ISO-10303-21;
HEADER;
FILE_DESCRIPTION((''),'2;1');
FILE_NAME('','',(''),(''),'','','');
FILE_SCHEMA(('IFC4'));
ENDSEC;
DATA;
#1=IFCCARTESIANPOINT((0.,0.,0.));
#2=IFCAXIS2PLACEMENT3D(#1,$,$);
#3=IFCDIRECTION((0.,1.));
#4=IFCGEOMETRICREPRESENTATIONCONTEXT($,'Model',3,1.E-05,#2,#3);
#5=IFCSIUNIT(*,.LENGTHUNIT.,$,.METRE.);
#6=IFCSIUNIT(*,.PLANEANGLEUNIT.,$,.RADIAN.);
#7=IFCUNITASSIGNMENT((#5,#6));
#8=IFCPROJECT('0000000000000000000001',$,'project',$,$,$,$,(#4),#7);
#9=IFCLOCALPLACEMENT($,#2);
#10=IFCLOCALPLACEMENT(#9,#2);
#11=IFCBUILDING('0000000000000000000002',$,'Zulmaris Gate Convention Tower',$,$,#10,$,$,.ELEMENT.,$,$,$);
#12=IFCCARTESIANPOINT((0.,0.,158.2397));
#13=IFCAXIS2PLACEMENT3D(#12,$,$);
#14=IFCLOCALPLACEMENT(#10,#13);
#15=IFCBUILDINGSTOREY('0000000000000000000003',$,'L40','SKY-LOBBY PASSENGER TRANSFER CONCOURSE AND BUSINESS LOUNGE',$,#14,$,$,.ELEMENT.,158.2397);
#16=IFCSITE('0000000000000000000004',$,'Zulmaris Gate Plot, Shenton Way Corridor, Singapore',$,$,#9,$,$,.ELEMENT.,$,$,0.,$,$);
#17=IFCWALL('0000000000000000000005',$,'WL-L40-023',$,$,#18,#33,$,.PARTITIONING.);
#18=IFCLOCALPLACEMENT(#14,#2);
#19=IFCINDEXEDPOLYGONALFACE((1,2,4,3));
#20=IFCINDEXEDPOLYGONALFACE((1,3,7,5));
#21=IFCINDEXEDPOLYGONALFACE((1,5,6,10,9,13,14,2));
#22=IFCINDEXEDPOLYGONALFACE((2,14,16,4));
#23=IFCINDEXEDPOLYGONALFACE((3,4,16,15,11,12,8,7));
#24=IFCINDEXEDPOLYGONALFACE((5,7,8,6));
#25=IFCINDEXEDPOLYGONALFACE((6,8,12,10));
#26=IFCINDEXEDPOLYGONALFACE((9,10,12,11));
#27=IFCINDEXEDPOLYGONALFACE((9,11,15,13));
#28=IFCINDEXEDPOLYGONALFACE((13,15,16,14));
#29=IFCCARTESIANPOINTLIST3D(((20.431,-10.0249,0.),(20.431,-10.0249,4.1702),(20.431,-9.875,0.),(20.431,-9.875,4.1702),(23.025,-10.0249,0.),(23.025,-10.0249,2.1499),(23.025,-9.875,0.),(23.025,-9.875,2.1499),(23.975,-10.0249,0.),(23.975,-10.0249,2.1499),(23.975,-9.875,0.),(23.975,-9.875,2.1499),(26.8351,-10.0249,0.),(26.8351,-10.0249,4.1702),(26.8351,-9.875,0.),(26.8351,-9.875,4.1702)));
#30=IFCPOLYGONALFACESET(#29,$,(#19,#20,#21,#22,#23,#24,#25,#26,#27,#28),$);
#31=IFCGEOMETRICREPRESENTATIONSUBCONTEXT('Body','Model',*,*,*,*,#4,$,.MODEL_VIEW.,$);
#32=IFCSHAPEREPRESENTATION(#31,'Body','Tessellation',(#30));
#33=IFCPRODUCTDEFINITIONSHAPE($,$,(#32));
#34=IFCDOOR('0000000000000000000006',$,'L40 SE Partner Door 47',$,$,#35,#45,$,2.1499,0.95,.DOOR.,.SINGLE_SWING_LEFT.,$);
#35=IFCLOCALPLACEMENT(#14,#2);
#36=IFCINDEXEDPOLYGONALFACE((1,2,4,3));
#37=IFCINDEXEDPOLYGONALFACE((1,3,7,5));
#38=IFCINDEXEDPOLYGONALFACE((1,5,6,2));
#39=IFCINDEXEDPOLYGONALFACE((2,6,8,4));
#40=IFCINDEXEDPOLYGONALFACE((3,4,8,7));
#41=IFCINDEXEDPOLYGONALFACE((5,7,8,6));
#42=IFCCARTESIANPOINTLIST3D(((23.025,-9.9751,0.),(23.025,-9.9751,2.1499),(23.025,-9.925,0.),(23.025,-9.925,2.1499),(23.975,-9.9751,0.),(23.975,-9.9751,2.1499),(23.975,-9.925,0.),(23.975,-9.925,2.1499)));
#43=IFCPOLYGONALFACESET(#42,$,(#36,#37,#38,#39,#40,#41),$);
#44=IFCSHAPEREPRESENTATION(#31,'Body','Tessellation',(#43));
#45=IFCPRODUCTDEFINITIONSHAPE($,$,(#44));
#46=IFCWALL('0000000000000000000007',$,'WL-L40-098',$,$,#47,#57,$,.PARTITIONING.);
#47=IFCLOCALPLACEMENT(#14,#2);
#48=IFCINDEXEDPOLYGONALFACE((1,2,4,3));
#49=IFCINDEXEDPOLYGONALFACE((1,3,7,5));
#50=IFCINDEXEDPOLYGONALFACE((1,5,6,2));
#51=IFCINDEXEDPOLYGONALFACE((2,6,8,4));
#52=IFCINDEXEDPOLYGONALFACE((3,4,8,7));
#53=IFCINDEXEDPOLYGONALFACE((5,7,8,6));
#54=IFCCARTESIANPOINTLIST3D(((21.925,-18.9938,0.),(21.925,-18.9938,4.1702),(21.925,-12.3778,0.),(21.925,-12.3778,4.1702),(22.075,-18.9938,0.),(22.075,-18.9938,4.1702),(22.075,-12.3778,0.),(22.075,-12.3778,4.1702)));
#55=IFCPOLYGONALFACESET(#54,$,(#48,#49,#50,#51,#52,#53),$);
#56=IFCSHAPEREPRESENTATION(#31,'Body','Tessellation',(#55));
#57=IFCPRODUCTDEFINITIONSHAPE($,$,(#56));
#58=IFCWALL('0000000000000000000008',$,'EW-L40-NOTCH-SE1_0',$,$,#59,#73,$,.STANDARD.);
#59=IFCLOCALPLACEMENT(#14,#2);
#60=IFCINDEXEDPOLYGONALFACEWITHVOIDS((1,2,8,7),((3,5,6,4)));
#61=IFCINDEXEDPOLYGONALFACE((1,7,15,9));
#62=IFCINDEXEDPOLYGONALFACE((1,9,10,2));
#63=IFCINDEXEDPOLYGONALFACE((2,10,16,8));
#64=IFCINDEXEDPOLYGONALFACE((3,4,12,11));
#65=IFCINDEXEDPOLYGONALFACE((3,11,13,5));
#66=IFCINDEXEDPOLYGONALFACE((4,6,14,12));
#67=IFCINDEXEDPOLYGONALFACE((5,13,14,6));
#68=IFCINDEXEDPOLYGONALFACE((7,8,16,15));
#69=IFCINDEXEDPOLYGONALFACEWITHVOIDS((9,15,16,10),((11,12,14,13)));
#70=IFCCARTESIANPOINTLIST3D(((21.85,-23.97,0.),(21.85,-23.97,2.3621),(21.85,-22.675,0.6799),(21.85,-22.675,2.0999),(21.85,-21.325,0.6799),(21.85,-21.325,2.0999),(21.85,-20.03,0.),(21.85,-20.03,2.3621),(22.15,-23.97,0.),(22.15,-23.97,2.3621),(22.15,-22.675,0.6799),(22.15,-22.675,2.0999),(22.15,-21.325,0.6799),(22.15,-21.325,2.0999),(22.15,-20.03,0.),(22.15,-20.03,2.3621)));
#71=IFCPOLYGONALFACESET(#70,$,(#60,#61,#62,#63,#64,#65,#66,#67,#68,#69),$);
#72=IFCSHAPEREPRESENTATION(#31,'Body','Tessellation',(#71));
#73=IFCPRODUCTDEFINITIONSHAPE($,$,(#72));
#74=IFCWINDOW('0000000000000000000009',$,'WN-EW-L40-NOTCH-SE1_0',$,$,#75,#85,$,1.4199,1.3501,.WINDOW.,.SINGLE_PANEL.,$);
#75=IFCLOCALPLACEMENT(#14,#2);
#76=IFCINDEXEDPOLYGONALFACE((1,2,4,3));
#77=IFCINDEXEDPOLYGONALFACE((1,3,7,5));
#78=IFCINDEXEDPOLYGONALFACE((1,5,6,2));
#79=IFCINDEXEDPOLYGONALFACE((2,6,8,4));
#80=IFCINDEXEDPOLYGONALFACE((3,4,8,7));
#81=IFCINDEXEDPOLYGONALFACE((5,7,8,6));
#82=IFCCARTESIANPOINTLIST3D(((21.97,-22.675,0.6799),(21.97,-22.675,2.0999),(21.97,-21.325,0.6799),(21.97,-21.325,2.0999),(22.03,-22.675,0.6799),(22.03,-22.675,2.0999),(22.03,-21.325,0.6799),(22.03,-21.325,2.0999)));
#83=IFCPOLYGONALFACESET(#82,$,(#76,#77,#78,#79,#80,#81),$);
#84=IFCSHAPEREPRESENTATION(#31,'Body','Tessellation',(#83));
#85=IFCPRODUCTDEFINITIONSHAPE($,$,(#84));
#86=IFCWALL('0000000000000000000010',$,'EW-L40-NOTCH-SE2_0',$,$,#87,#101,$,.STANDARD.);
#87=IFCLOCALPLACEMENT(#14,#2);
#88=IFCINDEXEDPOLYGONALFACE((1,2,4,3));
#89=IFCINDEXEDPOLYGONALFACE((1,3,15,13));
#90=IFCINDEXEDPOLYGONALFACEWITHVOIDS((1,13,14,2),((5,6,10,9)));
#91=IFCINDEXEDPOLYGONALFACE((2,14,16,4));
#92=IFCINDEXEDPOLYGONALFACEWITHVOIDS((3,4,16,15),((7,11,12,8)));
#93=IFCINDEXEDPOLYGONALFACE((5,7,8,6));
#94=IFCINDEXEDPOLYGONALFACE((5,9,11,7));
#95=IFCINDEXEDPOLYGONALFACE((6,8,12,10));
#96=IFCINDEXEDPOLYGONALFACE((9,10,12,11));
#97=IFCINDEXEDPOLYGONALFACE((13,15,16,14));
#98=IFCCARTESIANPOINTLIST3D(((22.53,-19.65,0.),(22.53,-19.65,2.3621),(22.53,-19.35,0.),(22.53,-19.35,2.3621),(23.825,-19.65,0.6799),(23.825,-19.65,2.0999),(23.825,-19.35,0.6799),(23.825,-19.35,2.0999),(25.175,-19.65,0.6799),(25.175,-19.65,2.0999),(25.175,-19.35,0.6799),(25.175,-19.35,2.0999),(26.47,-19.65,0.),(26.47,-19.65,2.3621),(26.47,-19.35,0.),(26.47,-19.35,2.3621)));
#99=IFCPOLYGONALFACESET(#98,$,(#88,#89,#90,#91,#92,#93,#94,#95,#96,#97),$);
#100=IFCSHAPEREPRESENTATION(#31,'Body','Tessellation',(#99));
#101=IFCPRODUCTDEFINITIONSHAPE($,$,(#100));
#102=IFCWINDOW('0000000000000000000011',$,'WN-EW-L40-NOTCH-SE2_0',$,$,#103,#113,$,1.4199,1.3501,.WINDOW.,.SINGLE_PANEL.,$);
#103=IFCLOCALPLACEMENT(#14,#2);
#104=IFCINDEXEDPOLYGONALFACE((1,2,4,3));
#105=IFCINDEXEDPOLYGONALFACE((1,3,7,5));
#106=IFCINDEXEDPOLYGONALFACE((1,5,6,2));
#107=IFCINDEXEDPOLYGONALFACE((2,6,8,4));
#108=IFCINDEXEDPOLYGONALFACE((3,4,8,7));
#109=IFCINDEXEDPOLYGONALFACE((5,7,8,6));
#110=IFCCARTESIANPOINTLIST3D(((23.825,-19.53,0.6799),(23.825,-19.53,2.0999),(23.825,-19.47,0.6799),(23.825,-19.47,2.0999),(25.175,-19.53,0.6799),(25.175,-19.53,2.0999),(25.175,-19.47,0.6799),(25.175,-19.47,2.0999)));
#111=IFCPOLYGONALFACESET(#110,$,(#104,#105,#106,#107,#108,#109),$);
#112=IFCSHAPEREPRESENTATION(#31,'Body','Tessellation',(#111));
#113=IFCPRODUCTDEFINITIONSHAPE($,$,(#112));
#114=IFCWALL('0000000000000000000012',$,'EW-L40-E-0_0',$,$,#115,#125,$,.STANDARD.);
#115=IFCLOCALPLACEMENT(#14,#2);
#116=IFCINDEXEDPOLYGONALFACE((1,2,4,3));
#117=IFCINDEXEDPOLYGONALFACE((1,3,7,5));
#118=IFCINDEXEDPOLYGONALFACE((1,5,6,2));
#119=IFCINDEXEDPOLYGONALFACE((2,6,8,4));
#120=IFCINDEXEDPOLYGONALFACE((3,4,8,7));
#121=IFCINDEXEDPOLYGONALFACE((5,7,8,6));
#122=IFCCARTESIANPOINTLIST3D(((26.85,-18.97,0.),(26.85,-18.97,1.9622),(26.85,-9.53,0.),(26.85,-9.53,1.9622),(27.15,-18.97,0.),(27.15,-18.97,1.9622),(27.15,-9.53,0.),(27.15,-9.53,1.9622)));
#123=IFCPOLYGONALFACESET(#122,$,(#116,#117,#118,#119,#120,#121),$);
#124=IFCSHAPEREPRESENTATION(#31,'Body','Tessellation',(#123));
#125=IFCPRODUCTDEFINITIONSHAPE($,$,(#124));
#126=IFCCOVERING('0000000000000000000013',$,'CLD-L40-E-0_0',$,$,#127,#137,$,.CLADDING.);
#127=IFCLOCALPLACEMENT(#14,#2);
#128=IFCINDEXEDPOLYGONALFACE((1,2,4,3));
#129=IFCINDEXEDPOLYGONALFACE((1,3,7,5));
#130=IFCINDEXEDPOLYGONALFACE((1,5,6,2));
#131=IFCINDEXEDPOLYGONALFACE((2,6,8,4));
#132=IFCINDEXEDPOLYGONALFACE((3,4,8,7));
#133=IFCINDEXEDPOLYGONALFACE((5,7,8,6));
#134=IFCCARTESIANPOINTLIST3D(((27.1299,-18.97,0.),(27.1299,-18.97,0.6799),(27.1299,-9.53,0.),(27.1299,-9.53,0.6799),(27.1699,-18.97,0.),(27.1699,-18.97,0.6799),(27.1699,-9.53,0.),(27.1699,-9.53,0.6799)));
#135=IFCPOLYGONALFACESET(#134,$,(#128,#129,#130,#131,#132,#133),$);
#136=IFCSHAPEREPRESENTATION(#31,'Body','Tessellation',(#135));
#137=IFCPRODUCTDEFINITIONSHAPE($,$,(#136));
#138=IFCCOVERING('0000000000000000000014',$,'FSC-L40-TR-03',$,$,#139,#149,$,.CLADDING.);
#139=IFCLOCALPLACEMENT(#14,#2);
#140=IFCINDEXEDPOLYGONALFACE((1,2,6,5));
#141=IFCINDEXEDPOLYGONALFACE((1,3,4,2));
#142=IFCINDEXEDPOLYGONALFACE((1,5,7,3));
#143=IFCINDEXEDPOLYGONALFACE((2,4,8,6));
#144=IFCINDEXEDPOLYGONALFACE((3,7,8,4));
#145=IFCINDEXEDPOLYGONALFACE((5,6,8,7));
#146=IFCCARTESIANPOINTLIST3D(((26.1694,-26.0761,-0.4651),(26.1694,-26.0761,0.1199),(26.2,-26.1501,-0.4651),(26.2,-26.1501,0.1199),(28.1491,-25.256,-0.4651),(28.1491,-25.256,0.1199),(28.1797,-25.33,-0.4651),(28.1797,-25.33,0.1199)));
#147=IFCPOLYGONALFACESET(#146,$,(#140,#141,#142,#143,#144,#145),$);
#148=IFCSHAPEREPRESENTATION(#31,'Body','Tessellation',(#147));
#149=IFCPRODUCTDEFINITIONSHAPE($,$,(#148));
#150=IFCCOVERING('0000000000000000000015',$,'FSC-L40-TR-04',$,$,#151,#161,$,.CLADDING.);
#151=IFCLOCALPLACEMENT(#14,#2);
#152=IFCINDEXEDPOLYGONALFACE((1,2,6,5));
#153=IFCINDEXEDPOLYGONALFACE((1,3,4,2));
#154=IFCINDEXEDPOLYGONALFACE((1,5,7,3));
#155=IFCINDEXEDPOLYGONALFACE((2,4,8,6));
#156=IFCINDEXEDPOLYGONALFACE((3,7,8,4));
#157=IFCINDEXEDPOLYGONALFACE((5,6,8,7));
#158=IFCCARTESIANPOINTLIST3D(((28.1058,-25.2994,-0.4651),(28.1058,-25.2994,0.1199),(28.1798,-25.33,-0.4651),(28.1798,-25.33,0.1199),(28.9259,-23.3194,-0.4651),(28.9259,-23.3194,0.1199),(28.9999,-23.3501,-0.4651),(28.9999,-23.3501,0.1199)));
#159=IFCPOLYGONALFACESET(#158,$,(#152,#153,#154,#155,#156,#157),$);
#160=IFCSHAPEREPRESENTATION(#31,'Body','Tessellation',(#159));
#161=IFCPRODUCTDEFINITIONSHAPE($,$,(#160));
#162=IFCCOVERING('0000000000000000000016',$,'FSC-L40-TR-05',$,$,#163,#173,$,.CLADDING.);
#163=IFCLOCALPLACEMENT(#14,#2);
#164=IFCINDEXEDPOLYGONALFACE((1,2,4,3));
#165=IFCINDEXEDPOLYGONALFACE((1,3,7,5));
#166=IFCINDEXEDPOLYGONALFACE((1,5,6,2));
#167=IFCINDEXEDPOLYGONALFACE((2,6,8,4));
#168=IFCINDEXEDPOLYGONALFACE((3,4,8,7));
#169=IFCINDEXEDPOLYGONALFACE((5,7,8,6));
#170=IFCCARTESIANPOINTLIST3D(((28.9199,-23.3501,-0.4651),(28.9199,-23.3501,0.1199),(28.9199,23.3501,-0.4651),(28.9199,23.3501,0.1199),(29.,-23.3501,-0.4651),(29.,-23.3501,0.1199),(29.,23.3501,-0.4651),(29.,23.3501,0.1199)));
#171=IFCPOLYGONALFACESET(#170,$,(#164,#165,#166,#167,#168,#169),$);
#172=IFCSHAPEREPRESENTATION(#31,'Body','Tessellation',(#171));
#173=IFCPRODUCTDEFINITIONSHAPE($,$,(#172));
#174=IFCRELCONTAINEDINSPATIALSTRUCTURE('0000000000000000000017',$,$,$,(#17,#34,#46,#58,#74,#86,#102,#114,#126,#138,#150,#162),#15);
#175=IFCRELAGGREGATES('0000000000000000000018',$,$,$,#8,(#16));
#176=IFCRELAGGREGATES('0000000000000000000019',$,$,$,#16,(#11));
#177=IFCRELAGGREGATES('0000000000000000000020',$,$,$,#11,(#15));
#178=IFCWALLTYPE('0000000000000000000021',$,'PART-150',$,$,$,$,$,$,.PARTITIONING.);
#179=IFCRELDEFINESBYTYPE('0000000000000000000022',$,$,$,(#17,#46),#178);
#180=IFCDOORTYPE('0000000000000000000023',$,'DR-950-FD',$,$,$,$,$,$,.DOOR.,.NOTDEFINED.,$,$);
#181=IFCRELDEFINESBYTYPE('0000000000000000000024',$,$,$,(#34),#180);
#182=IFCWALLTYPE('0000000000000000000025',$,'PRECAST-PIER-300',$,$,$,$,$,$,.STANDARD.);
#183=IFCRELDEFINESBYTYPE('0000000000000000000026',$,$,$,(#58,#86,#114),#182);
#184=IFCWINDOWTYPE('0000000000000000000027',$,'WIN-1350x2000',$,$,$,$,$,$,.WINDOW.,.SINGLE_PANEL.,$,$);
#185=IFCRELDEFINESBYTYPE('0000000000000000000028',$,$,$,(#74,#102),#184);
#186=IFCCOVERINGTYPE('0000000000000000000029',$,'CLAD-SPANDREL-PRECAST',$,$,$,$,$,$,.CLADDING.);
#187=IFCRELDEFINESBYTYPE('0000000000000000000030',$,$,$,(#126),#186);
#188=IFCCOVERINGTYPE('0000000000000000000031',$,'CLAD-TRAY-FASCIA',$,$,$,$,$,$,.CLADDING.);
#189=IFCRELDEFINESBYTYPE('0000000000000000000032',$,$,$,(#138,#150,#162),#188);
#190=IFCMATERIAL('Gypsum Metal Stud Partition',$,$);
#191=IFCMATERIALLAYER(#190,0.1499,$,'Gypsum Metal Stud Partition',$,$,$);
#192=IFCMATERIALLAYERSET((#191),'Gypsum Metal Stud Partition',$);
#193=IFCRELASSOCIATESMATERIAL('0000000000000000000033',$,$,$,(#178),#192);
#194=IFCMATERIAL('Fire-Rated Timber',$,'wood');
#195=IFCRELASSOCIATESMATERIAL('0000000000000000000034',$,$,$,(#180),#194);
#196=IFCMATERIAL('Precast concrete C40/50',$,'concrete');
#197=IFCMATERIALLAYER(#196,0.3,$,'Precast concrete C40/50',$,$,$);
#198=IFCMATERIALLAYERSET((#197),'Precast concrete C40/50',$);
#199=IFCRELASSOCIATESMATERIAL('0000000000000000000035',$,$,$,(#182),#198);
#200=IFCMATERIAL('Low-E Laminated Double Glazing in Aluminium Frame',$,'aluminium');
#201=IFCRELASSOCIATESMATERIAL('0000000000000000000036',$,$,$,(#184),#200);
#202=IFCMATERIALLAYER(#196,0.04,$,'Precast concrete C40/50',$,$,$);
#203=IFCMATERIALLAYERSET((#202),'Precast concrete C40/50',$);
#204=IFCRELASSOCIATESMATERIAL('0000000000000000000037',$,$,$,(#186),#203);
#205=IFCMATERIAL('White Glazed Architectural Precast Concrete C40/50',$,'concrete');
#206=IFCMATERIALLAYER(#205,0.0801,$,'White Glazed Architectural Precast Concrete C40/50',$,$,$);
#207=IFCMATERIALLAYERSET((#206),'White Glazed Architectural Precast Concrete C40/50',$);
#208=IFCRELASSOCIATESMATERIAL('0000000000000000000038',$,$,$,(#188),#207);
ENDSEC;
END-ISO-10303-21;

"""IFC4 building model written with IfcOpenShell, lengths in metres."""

from ifc_helpers import new_model, si_unit, direction, frame, frame_2d, origin, place, context, subcontext, project, spatial, rectangle, extrude, material, layer, layer_set, type_object, element, fill, save


model = new_model("IFC4")

# Units and contexts
model_context = context("Model", 3, precision=1e-05, world=origin(), true_north=direction((0.0, 1.0)))
body_context = subcontext(model_context, "Body", "Model", "MODEL_VIEW")
ifc_project = project(units=[si_unit("LENGTHUNIT", "METRE"), si_unit("PLANEANGLEUNIT", "RADIAN")], contexts=[model_context])

# Site, building, storey
site_placement = place(None, origin())
site = spatial("IfcSite", under=ifc_project, at=site_placement, Name="Zulmaris Gate Plot, Shenton Way Corridor, Singapore", CompositionType="ELEMENT", RefElevation=0.0)
building_placement = place(site_placement, origin())
building = spatial("IfcBuilding", under=site, at=building_placement, Name="Zulmaris Gate Convention Tower", CompositionType="ELEMENT")
storey_placement = place(building_placement, frame((0.0, 0.0, 158.2397)))
storey = spatial("IfcBuildingStorey", under=building, at=storey_placement, Name="L40", Description="SKY-LOBBY PASSENGER TRANSFER CONCOURSE AND BUSINESS LOUNGE", CompositionType="ELEMENT", Elevation=158.2397)

# Wall, opening, door
ifc_material_1 = material(Name="Gypsum Metal Stud Partition")
ifc_layer_1 = layer(ifc_material_1, 0.1499, Name="Gypsum Metal Stud Partition")
ifc_layer_set_1 = layer_set([ifc_layer_1], Name="Gypsum Metal Stud Partition")
wall_type_1 = type_object("IfcWallType", Name="PART-150", PredefinedType="PARTITIONING", material=ifc_layer_set_1)
wall_1_placement = place(storey_placement, frame((20.4309, -9.95, 0.0), z_axis=(0.0, 0.0, 1.0), x_axis=(1.0, 0.0, 0.0)))
wall_1 = element("IfcWall", 1, at=wall_1_placement, inside=storey, type_object=wall_type_1, Name="WL-L40-023", PredefinedType="PARTITIONING", context=body_context, shape_type="SweptSolid", body=[
    extrude(rectangle(XDim=6.4041, YDim=0.1499, at=frame_2d((3.2021, 0.0))), origin(), (0.0, 0.0, 1.0), 4.1702),
])
opening_1_placement = place(wall_1_placement, frame((2.594, 0.0, 0.0)))
opening_1 = element("IfcOpeningElement", 2, at=opening_1_placement, cuts=wall_1, PredefinedType="OPENING", context=body_context, shape_type="SweptSolid", body=[
    extrude(rectangle(XDim=0.95, YDim=2.1499, at=frame_2d((0.4751, 1.075))), frame((0.0, 0.085, 0.0), z_axis=(0.0, -1.0, 0.0), x_axis=(1.0, 0.0, 0.0)), (0.0, 0.0, 1.0), 0.1699),
])
ifc_material_2 = material(Name="Fire-Rated Timber", Category="wood")
door_type = type_object("IfcDoorType", Name="DR-950-FD", OperationType="NOTDEFINED", PredefinedType="DOOR", material=ifc_material_2)
door_placement = place(opening_1_placement, origin())
door = element("IfcDoor", 3, at=door_placement, inside=storey, type_object=door_type, Name="L40 SE Partner Door 47", OperationType="SINGLE_SWING_LEFT", OverallHeight=2.1499, OverallWidth=0.95, PredefinedType="DOOR", context=body_context, shape_type="SweptSolid", body=[
    extrude(rectangle(XDim=0.95, YDim=2.1499, at=frame_2d((0.4751, 1.075))), frame((0.0, 0.0249, 0.0), z_axis=(0.0, -1.0, 0.0), x_axis=(1.0, 0.0, 0.0)), (0.0, 0.0, 1.0), 0.05),
])
fill(opening_1, door)

# Wall
wall_2_placement = place(storey_placement, frame((22.0, -18.9939, 0.0), z_axis=(0.0, 0.0, 1.0), x_axis=(0.0, 1.0, 0.0)))
element("IfcWall", 4, at=wall_2_placement, inside=storey, type_object=wall_type_1, Name="WL-L40-098", PredefinedType="PARTITIONING", context=body_context, shape_type="SweptSolid", body=[
    extrude(rectangle(XDim=6.616, YDim=0.1499, at=frame_2d((3.3081, 0.0))), origin(), (0.0, 0.0, 1.0), 4.1702),
])

# Walls, openings, windows
ifc_material_3 = material(Name="Precast concrete C40/50", Category="concrete")
ifc_layer_2 = layer(ifc_material_3, 0.3, Name="Precast concrete C40/50")
ifc_layer_set_2 = layer_set([ifc_layer_2], Name="Precast concrete C40/50")
wall_type_2 = type_object("IfcWallType", Name="PRECAST-PIER-300", PredefinedType="STANDARD", material=ifc_layer_set_2)
wall_3_placement = place(storey_placement, frame((22.0, -23.97, 0.0), z_axis=(0.0, 0.0, 1.0), x_axis=(0.0, 1.0, 0.0)))
wall_3 = element("IfcWall", 5, at=wall_3_placement, inside=storey, type_object=wall_type_2, Name="EW-L40-NOTCH-SE1_0", PredefinedType="STANDARD", context=body_context, shape_type="SweptSolid", body=[
    extrude(rectangle(XDim=3.9399, YDim=0.3, at=frame_2d((1.97, 0.0))), origin(), (0.0, 0.0, 1.0), 2.3621),
])
opening_2_placement = place(wall_3_placement, frame((1.2949, 0.0, 0.6799)))
opening_2 = element("IfcOpeningElement", 6, at=opening_2_placement, cuts=wall_3, PredefinedType="OPENING", context=body_context, shape_type="SweptSolid", body=[
    extrude(rectangle(XDim=1.3501, YDim=1.4199, at=frame_2d((0.675, 0.71))), frame((0.0, 0.1602, 0.0), z_axis=(0.0, -1.0, 0.0), x_axis=(1.0, 0.0, 0.0)), (0.0, 0.0, 1.0), 0.3201),
])
ifc_material_4 = material(Name="Low-E Laminated Double Glazing in Aluminium Frame", Category="aluminium")
window_type = type_object("IfcWindowType", Name="WIN-1350x2000", PartitioningType="SINGLE_PANEL", PredefinedType="WINDOW", material=ifc_material_4)
window_1_placement = place(opening_2_placement, origin())
window_1 = element("IfcWindow", 7, at=window_1_placement, inside=storey, type_object=window_type, Name="WN-EW-L40-NOTCH-SE1_0", OverallHeight=1.4199, OverallWidth=1.3501, PartitioningType="SINGLE_PANEL", PredefinedType="WINDOW", context=body_context, shape_type="SweptSolid", body=[
    extrude(rectangle(XDim=1.3501, YDim=1.4199, at=frame_2d((0.675, 0.71))), frame((0.0, 0.03, 0.0), z_axis=(0.0, -1.0, 0.0), x_axis=(1.0, 0.0, 0.0)), (0.0, 0.0, 1.0), 0.0601),
])
fill(opening_2, window_1)
wall_4_placement = place(storey_placement, frame((22.53, -19.5, 0.0), z_axis=(0.0, 0.0, 1.0), x_axis=(1.0, 0.0, 0.0)))
wall_4 = element("IfcWall", 8, at=wall_4_placement, inside=storey, type_object=wall_type_2, Name="EW-L40-NOTCH-SE2_0", PredefinedType="STANDARD", context=body_context, shape_type="SweptSolid", body=[
    extrude(rectangle(XDim=3.9399, YDim=0.3, at=frame_2d((1.97, 0.0))), origin(), (0.0, 0.0, 1.0), 2.3621),
])
opening_3_placement = place(wall_4_placement, frame((1.2949, 0.0, 0.6799)))
opening_3 = element("IfcOpeningElement", 9, at=opening_3_placement, cuts=wall_4, PredefinedType="OPENING", context=body_context, shape_type="SweptSolid", body=[
    extrude(rectangle(XDim=1.3501, YDim=1.4199, at=frame_2d((0.675, 0.71))), frame((0.0, 0.1602, 0.0), z_axis=(0.0, -1.0, 0.0), x_axis=(1.0, 0.0, 0.0)), (0.0, 0.0, 1.0), 0.3201),
])
window_2_placement = place(opening_3_placement, origin())
window_2 = element("IfcWindow", 10, at=window_2_placement, inside=storey, type_object=window_type, Name="WN-EW-L40-NOTCH-SE2_0", OverallHeight=1.4199, OverallWidth=1.3501, PartitioningType="SINGLE_PANEL", PredefinedType="WINDOW", context=body_context, shape_type="SweptSolid", body=[
    extrude(rectangle(XDim=1.3501, YDim=1.4199, at=frame_2d((0.675, 0.71))), frame((0.0, 0.03, 0.0), z_axis=(0.0, -1.0, 0.0), x_axis=(1.0, 0.0, 0.0)), (0.0, 0.0, 1.0), 0.0601),
])
fill(opening_3, window_2)

# Wall
wall_5_placement = place(storey_placement, frame((27.0, -18.97, 0.0), z_axis=(0.0, 0.0, 1.0), x_axis=(0.0, 1.0, 0.0)))
element("IfcWall", 11, at=wall_5_placement, inside=storey, type_object=wall_type_2, Name="EW-L40-E-0_0", PredefinedType="STANDARD", context=body_context, shape_type="SweptSolid", body=[
    extrude(rectangle(XDim=9.4399, YDim=0.3, at=frame_2d((4.72, 0.0))), origin(), (0.0, 0.0, 1.0), 1.9622),
])

# Coverings
ifc_layer_3 = layer(ifc_material_3, 0.04, Name="Precast concrete C40/50")
ifc_layer_set_3 = layer_set([ifc_layer_3], Name="Precast concrete C40/50")
covering_type_1 = type_object("IfcCoveringType", Name="CLAD-SPANDREL-PRECAST", PredefinedType="CLADDING", material=ifc_layer_set_3)
covering_1_placement = place(storey_placement, frame((27.1499, -18.97, 0.0), z_axis=(0.0, 0.0, 1.0), x_axis=(0.0, 1.0, 0.0)))
element("IfcCovering", 12, at=covering_1_placement, inside=storey, type_object=covering_type_1, Name="CLD-L40-E-0_0", PredefinedType="CLADDING", context=body_context, shape_type="SweptSolid", body=[
    extrude(rectangle(XDim=9.4399, YDim=0.04, at=frame_2d((4.72, 0.0))), origin(), (0.0, 0.0, 1.0), 0.6799),
])
ifc_material_5 = material(Name="White Glazed Architectural Precast Concrete C40/50", Category="concrete")
ifc_layer_4 = layer(ifc_material_5, 0.0801, Name="White Glazed Architectural Precast Concrete C40/50")
ifc_layer_set_4 = layer_set([ifc_layer_4], Name="White Glazed Architectural Precast Concrete C40/50")
covering_type_2 = type_object("IfcCoveringType", Name="CLAD-TRAY-FASCIA", PredefinedType="CLADDING", material=ifc_layer_set_4)
covering_2_placement = place(storey_placement, frame((26.1848, -26.113, -0.4651), z_axis=(0.0, 0.0, 1.0), x_axis=(0.923874, 0.382697, 0.0)))
element("IfcCovering", 13, at=covering_2_placement, inside=storey, type_object=covering_type_2, Name="FSC-L40-TR-03", PredefinedType="CLADDING", context=body_context, shape_type="SweptSolid", body=[
    extrude(rectangle(XDim=2.1428, YDim=0.0801, at=frame_2d((1.0713, 0.0))), origin(), (0.0, 0.0, 1.0), 0.585),
])
covering_3_placement = place(storey_placement, frame((28.1428, -25.3147, -0.4651), z_axis=(0.0, 0.0, 1.0), x_axis=(0.382657, 0.92389, 0.0)))
element("IfcCovering", 14, at=covering_3_placement, inside=storey, type_object=covering_type_2, Name="FSC-L40-TR-04", PredefinedType="CLADDING", context=body_context, shape_type="SweptSolid", body=[
    extrude(rectangle(XDim=2.1431, YDim=0.0801, at=frame_2d((1.0715, 0.0))), origin(), (0.0, 0.0, 1.0), 0.585),
])
covering_4_placement = place(storey_placement, frame((28.96, -23.3501, -0.4651), z_axis=(0.0, 0.0, 1.0), x_axis=(0.0, 1.0, 0.0)))
element("IfcCovering", 15, at=covering_4_placement, inside=storey, type_object=covering_type_2, Name="FSC-L40-TR-05", PredefinedType="CLADDING", context=body_context, shape_type="SweptSolid", body=[
    extrude(rectangle(XDim=46.7002, YDim=0.0801, at=frame_2d((23.3501, 0.0))), origin(), (0.0, 0.0, 1.0), 0.585),
])

save(model, "model.ifc")
